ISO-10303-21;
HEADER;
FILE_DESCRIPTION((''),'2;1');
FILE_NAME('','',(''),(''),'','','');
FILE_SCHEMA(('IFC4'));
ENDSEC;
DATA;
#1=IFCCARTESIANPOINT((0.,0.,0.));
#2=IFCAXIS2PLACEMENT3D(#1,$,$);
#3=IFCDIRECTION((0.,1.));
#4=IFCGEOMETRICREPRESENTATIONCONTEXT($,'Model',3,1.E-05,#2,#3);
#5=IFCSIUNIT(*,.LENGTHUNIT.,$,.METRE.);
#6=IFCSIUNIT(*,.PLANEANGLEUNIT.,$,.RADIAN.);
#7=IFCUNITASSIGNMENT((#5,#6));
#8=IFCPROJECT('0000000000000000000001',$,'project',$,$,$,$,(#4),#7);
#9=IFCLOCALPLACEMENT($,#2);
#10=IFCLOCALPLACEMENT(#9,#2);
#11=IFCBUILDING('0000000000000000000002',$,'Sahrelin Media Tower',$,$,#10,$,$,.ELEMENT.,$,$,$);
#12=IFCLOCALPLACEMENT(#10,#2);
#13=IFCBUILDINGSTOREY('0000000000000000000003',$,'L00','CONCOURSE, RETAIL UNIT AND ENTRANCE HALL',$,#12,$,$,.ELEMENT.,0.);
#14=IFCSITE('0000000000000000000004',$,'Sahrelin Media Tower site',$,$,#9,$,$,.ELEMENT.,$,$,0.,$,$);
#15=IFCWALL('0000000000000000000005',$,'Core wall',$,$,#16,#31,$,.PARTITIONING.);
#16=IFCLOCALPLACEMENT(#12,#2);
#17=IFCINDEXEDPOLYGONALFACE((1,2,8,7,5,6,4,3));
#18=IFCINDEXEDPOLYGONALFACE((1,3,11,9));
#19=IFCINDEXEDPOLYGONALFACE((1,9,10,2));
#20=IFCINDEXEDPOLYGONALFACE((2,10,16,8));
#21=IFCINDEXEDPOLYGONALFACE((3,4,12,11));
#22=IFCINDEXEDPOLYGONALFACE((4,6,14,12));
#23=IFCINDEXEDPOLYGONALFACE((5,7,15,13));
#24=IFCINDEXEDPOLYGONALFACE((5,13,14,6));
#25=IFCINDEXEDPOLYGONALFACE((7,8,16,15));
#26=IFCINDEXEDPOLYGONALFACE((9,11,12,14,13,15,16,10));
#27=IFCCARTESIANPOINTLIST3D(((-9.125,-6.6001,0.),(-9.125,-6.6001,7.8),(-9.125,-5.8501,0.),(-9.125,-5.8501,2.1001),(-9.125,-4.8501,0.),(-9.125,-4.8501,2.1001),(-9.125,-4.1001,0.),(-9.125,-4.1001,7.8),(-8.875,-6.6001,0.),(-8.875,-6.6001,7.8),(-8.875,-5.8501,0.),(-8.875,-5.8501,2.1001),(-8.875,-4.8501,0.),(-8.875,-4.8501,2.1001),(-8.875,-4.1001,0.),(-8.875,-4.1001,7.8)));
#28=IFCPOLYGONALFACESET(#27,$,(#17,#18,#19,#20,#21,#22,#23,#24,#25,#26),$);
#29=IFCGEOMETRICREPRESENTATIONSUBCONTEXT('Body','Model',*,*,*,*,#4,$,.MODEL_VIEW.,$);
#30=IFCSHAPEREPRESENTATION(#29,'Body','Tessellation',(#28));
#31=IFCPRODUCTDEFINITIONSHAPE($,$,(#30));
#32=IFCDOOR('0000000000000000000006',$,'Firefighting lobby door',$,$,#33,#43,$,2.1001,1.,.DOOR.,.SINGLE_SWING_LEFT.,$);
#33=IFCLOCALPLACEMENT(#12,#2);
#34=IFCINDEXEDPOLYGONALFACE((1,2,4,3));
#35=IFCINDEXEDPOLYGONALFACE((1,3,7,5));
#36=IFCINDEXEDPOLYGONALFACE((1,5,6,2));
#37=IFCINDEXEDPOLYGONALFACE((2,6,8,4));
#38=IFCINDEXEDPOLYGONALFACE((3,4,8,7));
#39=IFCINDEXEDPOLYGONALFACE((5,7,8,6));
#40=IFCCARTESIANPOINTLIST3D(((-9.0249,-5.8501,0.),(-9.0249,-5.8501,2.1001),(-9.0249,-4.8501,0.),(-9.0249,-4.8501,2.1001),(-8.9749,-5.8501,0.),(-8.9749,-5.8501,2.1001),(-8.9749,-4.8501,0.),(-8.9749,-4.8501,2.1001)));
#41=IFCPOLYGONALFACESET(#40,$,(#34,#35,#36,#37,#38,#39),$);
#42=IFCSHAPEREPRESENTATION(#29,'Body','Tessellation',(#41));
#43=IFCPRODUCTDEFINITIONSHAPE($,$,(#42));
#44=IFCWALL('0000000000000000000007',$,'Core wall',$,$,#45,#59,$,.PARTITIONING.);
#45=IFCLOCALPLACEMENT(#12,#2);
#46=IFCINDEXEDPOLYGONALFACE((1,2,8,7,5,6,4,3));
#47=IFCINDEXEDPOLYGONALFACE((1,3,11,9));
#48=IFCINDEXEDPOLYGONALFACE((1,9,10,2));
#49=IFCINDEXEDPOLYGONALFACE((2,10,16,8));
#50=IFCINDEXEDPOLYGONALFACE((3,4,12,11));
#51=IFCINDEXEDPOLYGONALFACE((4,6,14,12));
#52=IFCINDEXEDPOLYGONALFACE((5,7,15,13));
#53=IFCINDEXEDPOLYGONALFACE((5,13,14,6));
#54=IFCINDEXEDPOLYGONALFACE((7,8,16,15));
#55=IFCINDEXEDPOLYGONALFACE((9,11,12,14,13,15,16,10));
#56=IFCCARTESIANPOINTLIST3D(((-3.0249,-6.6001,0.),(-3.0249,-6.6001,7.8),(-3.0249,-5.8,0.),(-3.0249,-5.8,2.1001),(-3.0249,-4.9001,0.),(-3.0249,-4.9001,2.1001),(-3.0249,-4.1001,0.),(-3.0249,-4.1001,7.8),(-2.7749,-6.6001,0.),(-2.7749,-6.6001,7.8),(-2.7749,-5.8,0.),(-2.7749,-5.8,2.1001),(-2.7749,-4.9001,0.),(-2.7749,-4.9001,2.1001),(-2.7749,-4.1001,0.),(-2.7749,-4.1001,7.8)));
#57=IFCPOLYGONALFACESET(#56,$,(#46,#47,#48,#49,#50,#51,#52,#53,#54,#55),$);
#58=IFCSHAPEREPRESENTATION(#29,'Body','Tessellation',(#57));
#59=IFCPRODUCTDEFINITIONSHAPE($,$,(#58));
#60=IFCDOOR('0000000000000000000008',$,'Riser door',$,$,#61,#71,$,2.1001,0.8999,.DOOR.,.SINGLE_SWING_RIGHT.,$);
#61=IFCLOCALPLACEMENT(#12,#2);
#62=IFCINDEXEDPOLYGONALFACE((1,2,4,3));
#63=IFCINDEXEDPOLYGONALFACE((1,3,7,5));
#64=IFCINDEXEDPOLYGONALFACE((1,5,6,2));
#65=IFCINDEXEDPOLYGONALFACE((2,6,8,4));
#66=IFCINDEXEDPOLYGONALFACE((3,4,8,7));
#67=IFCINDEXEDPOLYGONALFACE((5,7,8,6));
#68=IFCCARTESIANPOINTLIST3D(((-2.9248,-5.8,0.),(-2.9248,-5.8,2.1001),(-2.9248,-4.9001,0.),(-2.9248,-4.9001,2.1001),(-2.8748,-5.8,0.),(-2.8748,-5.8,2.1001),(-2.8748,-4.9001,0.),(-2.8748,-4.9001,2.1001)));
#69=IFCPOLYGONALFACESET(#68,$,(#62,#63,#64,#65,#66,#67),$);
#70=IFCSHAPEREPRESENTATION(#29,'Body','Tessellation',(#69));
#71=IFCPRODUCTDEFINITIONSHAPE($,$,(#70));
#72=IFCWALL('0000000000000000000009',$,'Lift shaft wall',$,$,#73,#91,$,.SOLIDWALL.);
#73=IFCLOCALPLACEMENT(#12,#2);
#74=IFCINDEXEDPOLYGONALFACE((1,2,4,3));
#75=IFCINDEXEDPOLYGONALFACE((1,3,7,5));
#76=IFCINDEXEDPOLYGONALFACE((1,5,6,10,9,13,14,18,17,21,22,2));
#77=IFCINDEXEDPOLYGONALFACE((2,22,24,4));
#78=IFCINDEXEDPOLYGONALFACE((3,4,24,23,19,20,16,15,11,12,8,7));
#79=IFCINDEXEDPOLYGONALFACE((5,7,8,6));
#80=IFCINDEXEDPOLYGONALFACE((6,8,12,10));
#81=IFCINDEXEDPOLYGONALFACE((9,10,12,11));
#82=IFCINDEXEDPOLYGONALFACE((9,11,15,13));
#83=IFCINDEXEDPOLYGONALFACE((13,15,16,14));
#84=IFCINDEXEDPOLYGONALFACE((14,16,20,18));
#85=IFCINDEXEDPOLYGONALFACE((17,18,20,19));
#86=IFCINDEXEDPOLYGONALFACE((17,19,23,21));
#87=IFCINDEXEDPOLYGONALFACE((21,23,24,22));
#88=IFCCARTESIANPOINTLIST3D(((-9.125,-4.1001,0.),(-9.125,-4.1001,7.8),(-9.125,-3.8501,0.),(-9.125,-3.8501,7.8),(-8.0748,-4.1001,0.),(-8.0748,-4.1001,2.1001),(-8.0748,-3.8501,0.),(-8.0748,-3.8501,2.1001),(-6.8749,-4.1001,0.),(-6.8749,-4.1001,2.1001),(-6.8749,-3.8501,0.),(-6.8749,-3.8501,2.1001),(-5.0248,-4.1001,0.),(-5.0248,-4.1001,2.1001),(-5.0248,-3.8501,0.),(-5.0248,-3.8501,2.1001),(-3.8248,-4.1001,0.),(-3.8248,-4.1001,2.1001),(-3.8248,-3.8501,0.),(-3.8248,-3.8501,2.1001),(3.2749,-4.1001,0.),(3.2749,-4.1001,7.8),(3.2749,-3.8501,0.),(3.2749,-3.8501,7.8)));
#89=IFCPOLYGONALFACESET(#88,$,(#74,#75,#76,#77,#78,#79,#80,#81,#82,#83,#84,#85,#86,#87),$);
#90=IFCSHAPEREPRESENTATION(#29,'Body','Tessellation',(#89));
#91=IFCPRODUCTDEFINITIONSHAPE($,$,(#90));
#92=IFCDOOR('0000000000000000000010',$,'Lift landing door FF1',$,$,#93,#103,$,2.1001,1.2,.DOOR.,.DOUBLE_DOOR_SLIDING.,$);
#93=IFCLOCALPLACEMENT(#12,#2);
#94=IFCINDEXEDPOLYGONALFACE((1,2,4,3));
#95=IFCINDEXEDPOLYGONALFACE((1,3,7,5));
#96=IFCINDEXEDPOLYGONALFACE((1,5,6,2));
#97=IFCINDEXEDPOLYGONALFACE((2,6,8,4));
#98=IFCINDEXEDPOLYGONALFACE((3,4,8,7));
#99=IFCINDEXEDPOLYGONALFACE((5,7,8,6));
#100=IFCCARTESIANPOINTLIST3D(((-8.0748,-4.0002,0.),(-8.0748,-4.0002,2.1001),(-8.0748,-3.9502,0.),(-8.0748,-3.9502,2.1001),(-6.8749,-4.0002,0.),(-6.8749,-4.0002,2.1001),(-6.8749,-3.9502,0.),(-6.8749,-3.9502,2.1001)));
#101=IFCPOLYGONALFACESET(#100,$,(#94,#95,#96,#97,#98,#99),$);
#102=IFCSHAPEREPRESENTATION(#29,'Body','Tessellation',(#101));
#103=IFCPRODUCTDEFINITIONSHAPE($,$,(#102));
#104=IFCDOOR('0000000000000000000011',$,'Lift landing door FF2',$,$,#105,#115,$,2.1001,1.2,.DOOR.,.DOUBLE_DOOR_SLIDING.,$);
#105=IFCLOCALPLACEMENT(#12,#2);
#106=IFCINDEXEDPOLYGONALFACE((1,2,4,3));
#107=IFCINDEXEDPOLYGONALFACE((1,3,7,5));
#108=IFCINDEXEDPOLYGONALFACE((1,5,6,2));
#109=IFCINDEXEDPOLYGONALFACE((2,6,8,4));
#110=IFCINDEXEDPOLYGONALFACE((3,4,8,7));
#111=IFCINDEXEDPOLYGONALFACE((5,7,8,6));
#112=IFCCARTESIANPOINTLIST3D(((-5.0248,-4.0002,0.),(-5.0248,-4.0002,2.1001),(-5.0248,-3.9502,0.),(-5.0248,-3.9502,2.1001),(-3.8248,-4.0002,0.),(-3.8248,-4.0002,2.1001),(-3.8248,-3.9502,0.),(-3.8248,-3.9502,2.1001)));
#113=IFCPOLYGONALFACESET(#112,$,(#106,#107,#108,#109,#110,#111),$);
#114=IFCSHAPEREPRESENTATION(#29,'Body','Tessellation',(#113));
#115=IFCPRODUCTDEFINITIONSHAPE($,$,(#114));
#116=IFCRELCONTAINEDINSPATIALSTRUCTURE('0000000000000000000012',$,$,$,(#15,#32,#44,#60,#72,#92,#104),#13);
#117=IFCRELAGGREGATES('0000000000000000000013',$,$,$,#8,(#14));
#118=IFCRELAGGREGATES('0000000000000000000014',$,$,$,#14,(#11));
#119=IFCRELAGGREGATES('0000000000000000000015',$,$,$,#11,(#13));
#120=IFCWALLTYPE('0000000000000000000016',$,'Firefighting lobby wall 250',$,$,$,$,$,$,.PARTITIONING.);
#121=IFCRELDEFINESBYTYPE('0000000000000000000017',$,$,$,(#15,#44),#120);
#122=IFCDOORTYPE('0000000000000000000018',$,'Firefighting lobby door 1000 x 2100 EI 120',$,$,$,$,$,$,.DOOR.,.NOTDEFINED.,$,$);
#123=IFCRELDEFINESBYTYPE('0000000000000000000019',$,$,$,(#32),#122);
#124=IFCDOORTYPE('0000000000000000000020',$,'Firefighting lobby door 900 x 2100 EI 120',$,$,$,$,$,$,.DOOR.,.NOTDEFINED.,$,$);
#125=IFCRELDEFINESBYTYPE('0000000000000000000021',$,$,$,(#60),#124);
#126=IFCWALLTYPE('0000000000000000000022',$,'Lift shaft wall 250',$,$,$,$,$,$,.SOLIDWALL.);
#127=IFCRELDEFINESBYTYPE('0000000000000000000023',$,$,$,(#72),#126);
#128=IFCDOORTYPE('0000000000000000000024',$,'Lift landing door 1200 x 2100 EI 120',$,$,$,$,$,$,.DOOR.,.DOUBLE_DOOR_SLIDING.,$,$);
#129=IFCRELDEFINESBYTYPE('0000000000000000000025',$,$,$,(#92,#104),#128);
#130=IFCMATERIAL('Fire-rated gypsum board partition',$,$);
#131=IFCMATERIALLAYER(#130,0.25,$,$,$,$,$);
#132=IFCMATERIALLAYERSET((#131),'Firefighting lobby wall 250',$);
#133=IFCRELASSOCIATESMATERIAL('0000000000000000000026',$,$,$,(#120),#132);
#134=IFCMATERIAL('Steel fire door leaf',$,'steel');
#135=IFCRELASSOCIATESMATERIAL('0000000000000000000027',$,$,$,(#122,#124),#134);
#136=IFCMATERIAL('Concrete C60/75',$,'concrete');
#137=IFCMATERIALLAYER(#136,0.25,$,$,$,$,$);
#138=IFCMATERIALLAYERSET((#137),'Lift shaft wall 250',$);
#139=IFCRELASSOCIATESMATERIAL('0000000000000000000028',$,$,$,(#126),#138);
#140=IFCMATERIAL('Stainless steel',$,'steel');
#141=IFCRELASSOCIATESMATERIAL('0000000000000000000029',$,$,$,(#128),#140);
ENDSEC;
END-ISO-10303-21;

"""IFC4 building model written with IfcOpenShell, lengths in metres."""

from ifc_helpers import new_model, si_unit, direction, frame, frame_2d, origin, place, context, subcontext, project, spatial, rectangle, extrude, material, layer, layer_set, type_object, element, fill, save


model = new_model("IFC4")

# Units and contexts
model_context = context("Model", 3, precision=1e-05, world=origin(), true_north=direction((0.0, 1.0)))
body_context = subcontext(model_context, "Body", "Model", "MODEL_VIEW")
ifc_project = project(units=[si_unit("LENGTHUNIT", "METRE"), si_unit("PLANEANGLEUNIT", "RADIAN")], contexts=[model_context])

# Site, building, storey
site_placement = place(None, origin())
site = spatial("IfcSite", under=ifc_project, at=site_placement, Name="Sahrelin Media Tower site", CompositionType="ELEMENT", RefElevation=0.0)
building_placement = place(site_placement, origin())
building = spatial("IfcBuilding", under=site, at=building_placement, Name="Sahrelin Media Tower", CompositionType="ELEMENT")
storey_placement = place(building_placement, origin())
storey = spatial("IfcBuildingStorey", under=building, at=storey_placement, Name="L00", Description="CONCOURSE, RETAIL UNIT AND ENTRANCE HALL", CompositionType="ELEMENT", Elevation=0.0)

# Shared definitions
ifc_material_1 = material(Name="Concrete C60/75", Category="concrete")
ifc_material_2 = material(Name="Steel fire door leaf", Category="steel")

# Walls, openings, doors
ifc_material_3 = material(Name="Fire-rated gypsum board partition")
ifc_layer_1 = layer(ifc_material_3, 0.25)
ifc_layer_set_1 = layer_set([ifc_layer_1], Name="Firefighting lobby wall 250")
wall_type_1 = type_object("IfcWallType", Name="Firefighting lobby wall 250", PredefinedType="PARTITIONING", material=ifc_layer_set_1)
wall_1_placement = place(storey_placement, frame((-9.0, -6.6001, 0.0), z_axis=(0.0, 0.0, 1.0), x_axis=(0.0, 1.0, 0.0)))
wall_1 = element("IfcWall", 1, at=wall_1_placement, inside=storey, type_object=wall_type_1, Name="Core wall", PredefinedType="PARTITIONING", context=body_context, shape_type="SweptSolid", body=[
    extrude(rectangle(XDim=2.5, YDim=0.25, at=frame_2d((1.25, 0.0))), origin(), (0.0, 0.0, 1.0), 7.8),
])
opening_1_placement = place(wall_1_placement, frame((0.75, 0.0, 0.0)))
opening_1 = element("IfcOpeningElement", 2, at=opening_1_placement, cuts=wall_1, PredefinedType="OPENING", context=body_context, shape_type="SweptSolid", body=[
    extrude(rectangle(XDim=1.0, YDim=2.1001, at=frame_2d((0.5, 1.05))), frame((0.0, 0.125, 0.0), z_axis=(0.0, -1.0, 0.0), x_axis=(1.0, 0.0, 0.0)), (0.0, 0.0, 1.0), 0.25),
])
door_type_1 = type_object("IfcDoorType", Name="Firefighting lobby door 1000 x 2100 EI 120", OperationType="NOTDEFINED", PredefinedType="DOOR", material=ifc_material_2)
door_1_placement = place(opening_1_placement, origin())
door_1 = element("IfcDoor", 3, at=door_1_placement, inside=storey, type_object=door_type_1, Name="Firefighting lobby door", OperationType="SINGLE_SWING_LEFT", OverallHeight=2.1001, OverallWidth=1.0, PredefinedType="DOOR", context=body_context, shape_type="SweptSolid", body=[
    extrude(rectangle(XDim=1.0, YDim=2.1001, at=frame_2d((0.5, 1.05))), frame((0.0, 0.0249, 0.0), z_axis=(0.0, -1.0, 0.0), x_axis=(1.0, 0.0, 0.0)), (0.0, 0.0, 1.0), 0.05),
])
fill(opening_1, door_1)
wall_2_placement = place(storey_placement, frame((-2.8999, -6.6001, 0.0), z_axis=(0.0, 0.0, 1.0), x_axis=(0.0, 1.0, 0.0)))
wall_2 = element("IfcWall", 4, at=wall_2_placement, inside=storey, type_object=wall_type_1, Name="Core wall", PredefinedType="PARTITIONING", context=body_context, shape_type="SweptSolid", body=[
    extrude(rectangle(XDim=2.5, YDim=0.25, at=frame_2d((1.25, 0.0))), origin(), (0.0, 0.0, 1.0), 7.8),
])
opening_2_placement = place(wall_2_placement, frame((0.8, 0.0, 0.0)))
opening_2 = element("IfcOpeningElement", 5, at=opening_2_placement, cuts=wall_2, PredefinedType="OPENING", context=body_context, shape_type="SweptSolid", body=[
    extrude(rectangle(XDim=0.8999, YDim=2.1001, at=frame_2d((0.45, 1.05))), frame((0.0, 0.125, 0.0), z_axis=(0.0, -1.0, 0.0), x_axis=(1.0, 0.0, 0.0)), (0.0, 0.0, 1.0), 0.25),
])
door_type_2 = type_object("IfcDoorType", Name="Firefighting lobby door 900 x 2100 EI 120", OperationType="NOTDEFINED", PredefinedType="DOOR", material=ifc_material_2)
door_2_placement = place(opening_2_placement, origin())
door_2 = element("IfcDoor", 6, at=door_2_placement, inside=storey, type_object=door_type_2, Name="Riser door", OperationType="SINGLE_SWING_RIGHT", OverallHeight=2.1001, OverallWidth=0.8999, PredefinedType="DOOR", context=body_context, shape_type="SweptSolid", body=[
    extrude(rectangle(XDim=0.8999, YDim=2.1001, at=frame_2d((0.45, 1.05))), frame((0.0, 0.0249, 0.0), z_axis=(0.0, -1.0, 0.0), x_axis=(1.0, 0.0, 0.0)), (0.0, 0.0, 1.0), 0.05),
])
fill(opening_2, door_2)

# Wall, openings, doors
ifc_layer_2 = layer(ifc_material_1, 0.25)
ifc_layer_set_2 = layer_set([ifc_layer_2], Name="Lift shaft wall 250")
wall_type_2 = type_object("IfcWallType", Name="Lift shaft wall 250", PredefinedType="SOLIDWALL", material=ifc_layer_set_2)
wall_3_placement = place(storey_placement, frame((-9.125, -3.9751, 0.0), z_axis=(0.0, 0.0, 1.0), x_axis=(1.0, 0.0, 0.0)))
wall_3 = element("IfcWall", 7, at=wall_3_placement, inside=storey, type_object=wall_type_2, Name="Lift shaft wall", PredefinedType="SOLIDWALL", context=body_context, shape_type="SweptSolid", body=[
    extrude(rectangle(XDim=12.3999, YDim=0.25, at=frame_2d((6.2, 0.0))), origin(), (0.0, 0.0, 1.0), 7.8),
])
opening_3_placement = place(wall_3_placement, frame((1.05, 0.0, 0.0)))
opening_3 = element("IfcOpeningElement", 8, at=opening_3_placement, cuts=wall_3, PredefinedType="OPENING", context=body_context, shape_type="SweptSolid", body=[
    extrude(rectangle(XDim=1.2, YDim=2.1001, at=frame_2d((0.6001, 1.05))), frame((0.0, 0.125, 0.0), z_axis=(0.0, -1.0, 0.0), x_axis=(1.0, 0.0, 0.0)), (0.0, 0.0, 1.0), 0.25),
])
opening_4_placement = place(wall_3_placement, frame((4.1001, 0.0, 0.0)))
opening_4 = element("IfcOpeningElement", 9, at=opening_4_placement, cuts=wall_3, PredefinedType="OPENING", context=body_context, shape_type="SweptSolid", body=[
    extrude(rectangle(XDim=1.2, YDim=2.1001, at=frame_2d((0.6001, 1.05))), frame((0.0, 0.125, 0.0), z_axis=(0.0, -1.0, 0.0), x_axis=(1.0, 0.0, 0.0)), (0.0, 0.0, 1.0), 0.25),
])
ifc_material_4 = material(Name="Stainless steel", Category="steel")
door_type_3 = type_object("IfcDoorType", Name="Lift landing door 1200 x 2100 EI 120", OperationType="DOUBLE_DOOR_SLIDING", PredefinedType="DOOR", material=ifc_material_4)
door_3_placement = place(opening_3_placement, origin())
door_3 = element("IfcDoor", 10, at=door_3_placement, inside=storey, type_object=door_type_3, Name="Lift landing door FF1", OperationType="DOUBLE_DOOR_SLIDING", OverallHeight=2.1001, OverallWidth=1.2, PredefinedType="DOOR", context=body_context, shape_type="SweptSolid", body=[
    extrude(rectangle(XDim=1.2, YDim=2.1001, at=frame_2d((0.6001, 1.05))), frame((0.0, 0.0249, 0.0), z_axis=(0.0, -1.0, 0.0), x_axis=(1.0, 0.0, 0.0)), (0.0, 0.0, 1.0), 0.05),
])
fill(opening_3, door_3)
door_4_placement = place(opening_4_placement, origin())
door_4 = element("IfcDoor", 11, at=door_4_placement, inside=storey, type_object=door_type_3, Name="Lift landing door FF2", OperationType="DOUBLE_DOOR_SLIDING", OverallHeight=2.1001, OverallWidth=1.2, PredefinedType="DOOR", context=body_context, shape_type="SweptSolid", body=[
    extrude(rectangle(XDim=1.2, YDim=2.1001, at=frame_2d((0.6001, 1.05))), frame((0.0, 0.0249, 0.0), z_axis=(0.0, -1.0, 0.0), x_axis=(1.0, 0.0, 0.0)), (0.0, 0.0, 1.0), 0.05),
])
fill(opening_4, door_4)

save(model, "model.ifc")
